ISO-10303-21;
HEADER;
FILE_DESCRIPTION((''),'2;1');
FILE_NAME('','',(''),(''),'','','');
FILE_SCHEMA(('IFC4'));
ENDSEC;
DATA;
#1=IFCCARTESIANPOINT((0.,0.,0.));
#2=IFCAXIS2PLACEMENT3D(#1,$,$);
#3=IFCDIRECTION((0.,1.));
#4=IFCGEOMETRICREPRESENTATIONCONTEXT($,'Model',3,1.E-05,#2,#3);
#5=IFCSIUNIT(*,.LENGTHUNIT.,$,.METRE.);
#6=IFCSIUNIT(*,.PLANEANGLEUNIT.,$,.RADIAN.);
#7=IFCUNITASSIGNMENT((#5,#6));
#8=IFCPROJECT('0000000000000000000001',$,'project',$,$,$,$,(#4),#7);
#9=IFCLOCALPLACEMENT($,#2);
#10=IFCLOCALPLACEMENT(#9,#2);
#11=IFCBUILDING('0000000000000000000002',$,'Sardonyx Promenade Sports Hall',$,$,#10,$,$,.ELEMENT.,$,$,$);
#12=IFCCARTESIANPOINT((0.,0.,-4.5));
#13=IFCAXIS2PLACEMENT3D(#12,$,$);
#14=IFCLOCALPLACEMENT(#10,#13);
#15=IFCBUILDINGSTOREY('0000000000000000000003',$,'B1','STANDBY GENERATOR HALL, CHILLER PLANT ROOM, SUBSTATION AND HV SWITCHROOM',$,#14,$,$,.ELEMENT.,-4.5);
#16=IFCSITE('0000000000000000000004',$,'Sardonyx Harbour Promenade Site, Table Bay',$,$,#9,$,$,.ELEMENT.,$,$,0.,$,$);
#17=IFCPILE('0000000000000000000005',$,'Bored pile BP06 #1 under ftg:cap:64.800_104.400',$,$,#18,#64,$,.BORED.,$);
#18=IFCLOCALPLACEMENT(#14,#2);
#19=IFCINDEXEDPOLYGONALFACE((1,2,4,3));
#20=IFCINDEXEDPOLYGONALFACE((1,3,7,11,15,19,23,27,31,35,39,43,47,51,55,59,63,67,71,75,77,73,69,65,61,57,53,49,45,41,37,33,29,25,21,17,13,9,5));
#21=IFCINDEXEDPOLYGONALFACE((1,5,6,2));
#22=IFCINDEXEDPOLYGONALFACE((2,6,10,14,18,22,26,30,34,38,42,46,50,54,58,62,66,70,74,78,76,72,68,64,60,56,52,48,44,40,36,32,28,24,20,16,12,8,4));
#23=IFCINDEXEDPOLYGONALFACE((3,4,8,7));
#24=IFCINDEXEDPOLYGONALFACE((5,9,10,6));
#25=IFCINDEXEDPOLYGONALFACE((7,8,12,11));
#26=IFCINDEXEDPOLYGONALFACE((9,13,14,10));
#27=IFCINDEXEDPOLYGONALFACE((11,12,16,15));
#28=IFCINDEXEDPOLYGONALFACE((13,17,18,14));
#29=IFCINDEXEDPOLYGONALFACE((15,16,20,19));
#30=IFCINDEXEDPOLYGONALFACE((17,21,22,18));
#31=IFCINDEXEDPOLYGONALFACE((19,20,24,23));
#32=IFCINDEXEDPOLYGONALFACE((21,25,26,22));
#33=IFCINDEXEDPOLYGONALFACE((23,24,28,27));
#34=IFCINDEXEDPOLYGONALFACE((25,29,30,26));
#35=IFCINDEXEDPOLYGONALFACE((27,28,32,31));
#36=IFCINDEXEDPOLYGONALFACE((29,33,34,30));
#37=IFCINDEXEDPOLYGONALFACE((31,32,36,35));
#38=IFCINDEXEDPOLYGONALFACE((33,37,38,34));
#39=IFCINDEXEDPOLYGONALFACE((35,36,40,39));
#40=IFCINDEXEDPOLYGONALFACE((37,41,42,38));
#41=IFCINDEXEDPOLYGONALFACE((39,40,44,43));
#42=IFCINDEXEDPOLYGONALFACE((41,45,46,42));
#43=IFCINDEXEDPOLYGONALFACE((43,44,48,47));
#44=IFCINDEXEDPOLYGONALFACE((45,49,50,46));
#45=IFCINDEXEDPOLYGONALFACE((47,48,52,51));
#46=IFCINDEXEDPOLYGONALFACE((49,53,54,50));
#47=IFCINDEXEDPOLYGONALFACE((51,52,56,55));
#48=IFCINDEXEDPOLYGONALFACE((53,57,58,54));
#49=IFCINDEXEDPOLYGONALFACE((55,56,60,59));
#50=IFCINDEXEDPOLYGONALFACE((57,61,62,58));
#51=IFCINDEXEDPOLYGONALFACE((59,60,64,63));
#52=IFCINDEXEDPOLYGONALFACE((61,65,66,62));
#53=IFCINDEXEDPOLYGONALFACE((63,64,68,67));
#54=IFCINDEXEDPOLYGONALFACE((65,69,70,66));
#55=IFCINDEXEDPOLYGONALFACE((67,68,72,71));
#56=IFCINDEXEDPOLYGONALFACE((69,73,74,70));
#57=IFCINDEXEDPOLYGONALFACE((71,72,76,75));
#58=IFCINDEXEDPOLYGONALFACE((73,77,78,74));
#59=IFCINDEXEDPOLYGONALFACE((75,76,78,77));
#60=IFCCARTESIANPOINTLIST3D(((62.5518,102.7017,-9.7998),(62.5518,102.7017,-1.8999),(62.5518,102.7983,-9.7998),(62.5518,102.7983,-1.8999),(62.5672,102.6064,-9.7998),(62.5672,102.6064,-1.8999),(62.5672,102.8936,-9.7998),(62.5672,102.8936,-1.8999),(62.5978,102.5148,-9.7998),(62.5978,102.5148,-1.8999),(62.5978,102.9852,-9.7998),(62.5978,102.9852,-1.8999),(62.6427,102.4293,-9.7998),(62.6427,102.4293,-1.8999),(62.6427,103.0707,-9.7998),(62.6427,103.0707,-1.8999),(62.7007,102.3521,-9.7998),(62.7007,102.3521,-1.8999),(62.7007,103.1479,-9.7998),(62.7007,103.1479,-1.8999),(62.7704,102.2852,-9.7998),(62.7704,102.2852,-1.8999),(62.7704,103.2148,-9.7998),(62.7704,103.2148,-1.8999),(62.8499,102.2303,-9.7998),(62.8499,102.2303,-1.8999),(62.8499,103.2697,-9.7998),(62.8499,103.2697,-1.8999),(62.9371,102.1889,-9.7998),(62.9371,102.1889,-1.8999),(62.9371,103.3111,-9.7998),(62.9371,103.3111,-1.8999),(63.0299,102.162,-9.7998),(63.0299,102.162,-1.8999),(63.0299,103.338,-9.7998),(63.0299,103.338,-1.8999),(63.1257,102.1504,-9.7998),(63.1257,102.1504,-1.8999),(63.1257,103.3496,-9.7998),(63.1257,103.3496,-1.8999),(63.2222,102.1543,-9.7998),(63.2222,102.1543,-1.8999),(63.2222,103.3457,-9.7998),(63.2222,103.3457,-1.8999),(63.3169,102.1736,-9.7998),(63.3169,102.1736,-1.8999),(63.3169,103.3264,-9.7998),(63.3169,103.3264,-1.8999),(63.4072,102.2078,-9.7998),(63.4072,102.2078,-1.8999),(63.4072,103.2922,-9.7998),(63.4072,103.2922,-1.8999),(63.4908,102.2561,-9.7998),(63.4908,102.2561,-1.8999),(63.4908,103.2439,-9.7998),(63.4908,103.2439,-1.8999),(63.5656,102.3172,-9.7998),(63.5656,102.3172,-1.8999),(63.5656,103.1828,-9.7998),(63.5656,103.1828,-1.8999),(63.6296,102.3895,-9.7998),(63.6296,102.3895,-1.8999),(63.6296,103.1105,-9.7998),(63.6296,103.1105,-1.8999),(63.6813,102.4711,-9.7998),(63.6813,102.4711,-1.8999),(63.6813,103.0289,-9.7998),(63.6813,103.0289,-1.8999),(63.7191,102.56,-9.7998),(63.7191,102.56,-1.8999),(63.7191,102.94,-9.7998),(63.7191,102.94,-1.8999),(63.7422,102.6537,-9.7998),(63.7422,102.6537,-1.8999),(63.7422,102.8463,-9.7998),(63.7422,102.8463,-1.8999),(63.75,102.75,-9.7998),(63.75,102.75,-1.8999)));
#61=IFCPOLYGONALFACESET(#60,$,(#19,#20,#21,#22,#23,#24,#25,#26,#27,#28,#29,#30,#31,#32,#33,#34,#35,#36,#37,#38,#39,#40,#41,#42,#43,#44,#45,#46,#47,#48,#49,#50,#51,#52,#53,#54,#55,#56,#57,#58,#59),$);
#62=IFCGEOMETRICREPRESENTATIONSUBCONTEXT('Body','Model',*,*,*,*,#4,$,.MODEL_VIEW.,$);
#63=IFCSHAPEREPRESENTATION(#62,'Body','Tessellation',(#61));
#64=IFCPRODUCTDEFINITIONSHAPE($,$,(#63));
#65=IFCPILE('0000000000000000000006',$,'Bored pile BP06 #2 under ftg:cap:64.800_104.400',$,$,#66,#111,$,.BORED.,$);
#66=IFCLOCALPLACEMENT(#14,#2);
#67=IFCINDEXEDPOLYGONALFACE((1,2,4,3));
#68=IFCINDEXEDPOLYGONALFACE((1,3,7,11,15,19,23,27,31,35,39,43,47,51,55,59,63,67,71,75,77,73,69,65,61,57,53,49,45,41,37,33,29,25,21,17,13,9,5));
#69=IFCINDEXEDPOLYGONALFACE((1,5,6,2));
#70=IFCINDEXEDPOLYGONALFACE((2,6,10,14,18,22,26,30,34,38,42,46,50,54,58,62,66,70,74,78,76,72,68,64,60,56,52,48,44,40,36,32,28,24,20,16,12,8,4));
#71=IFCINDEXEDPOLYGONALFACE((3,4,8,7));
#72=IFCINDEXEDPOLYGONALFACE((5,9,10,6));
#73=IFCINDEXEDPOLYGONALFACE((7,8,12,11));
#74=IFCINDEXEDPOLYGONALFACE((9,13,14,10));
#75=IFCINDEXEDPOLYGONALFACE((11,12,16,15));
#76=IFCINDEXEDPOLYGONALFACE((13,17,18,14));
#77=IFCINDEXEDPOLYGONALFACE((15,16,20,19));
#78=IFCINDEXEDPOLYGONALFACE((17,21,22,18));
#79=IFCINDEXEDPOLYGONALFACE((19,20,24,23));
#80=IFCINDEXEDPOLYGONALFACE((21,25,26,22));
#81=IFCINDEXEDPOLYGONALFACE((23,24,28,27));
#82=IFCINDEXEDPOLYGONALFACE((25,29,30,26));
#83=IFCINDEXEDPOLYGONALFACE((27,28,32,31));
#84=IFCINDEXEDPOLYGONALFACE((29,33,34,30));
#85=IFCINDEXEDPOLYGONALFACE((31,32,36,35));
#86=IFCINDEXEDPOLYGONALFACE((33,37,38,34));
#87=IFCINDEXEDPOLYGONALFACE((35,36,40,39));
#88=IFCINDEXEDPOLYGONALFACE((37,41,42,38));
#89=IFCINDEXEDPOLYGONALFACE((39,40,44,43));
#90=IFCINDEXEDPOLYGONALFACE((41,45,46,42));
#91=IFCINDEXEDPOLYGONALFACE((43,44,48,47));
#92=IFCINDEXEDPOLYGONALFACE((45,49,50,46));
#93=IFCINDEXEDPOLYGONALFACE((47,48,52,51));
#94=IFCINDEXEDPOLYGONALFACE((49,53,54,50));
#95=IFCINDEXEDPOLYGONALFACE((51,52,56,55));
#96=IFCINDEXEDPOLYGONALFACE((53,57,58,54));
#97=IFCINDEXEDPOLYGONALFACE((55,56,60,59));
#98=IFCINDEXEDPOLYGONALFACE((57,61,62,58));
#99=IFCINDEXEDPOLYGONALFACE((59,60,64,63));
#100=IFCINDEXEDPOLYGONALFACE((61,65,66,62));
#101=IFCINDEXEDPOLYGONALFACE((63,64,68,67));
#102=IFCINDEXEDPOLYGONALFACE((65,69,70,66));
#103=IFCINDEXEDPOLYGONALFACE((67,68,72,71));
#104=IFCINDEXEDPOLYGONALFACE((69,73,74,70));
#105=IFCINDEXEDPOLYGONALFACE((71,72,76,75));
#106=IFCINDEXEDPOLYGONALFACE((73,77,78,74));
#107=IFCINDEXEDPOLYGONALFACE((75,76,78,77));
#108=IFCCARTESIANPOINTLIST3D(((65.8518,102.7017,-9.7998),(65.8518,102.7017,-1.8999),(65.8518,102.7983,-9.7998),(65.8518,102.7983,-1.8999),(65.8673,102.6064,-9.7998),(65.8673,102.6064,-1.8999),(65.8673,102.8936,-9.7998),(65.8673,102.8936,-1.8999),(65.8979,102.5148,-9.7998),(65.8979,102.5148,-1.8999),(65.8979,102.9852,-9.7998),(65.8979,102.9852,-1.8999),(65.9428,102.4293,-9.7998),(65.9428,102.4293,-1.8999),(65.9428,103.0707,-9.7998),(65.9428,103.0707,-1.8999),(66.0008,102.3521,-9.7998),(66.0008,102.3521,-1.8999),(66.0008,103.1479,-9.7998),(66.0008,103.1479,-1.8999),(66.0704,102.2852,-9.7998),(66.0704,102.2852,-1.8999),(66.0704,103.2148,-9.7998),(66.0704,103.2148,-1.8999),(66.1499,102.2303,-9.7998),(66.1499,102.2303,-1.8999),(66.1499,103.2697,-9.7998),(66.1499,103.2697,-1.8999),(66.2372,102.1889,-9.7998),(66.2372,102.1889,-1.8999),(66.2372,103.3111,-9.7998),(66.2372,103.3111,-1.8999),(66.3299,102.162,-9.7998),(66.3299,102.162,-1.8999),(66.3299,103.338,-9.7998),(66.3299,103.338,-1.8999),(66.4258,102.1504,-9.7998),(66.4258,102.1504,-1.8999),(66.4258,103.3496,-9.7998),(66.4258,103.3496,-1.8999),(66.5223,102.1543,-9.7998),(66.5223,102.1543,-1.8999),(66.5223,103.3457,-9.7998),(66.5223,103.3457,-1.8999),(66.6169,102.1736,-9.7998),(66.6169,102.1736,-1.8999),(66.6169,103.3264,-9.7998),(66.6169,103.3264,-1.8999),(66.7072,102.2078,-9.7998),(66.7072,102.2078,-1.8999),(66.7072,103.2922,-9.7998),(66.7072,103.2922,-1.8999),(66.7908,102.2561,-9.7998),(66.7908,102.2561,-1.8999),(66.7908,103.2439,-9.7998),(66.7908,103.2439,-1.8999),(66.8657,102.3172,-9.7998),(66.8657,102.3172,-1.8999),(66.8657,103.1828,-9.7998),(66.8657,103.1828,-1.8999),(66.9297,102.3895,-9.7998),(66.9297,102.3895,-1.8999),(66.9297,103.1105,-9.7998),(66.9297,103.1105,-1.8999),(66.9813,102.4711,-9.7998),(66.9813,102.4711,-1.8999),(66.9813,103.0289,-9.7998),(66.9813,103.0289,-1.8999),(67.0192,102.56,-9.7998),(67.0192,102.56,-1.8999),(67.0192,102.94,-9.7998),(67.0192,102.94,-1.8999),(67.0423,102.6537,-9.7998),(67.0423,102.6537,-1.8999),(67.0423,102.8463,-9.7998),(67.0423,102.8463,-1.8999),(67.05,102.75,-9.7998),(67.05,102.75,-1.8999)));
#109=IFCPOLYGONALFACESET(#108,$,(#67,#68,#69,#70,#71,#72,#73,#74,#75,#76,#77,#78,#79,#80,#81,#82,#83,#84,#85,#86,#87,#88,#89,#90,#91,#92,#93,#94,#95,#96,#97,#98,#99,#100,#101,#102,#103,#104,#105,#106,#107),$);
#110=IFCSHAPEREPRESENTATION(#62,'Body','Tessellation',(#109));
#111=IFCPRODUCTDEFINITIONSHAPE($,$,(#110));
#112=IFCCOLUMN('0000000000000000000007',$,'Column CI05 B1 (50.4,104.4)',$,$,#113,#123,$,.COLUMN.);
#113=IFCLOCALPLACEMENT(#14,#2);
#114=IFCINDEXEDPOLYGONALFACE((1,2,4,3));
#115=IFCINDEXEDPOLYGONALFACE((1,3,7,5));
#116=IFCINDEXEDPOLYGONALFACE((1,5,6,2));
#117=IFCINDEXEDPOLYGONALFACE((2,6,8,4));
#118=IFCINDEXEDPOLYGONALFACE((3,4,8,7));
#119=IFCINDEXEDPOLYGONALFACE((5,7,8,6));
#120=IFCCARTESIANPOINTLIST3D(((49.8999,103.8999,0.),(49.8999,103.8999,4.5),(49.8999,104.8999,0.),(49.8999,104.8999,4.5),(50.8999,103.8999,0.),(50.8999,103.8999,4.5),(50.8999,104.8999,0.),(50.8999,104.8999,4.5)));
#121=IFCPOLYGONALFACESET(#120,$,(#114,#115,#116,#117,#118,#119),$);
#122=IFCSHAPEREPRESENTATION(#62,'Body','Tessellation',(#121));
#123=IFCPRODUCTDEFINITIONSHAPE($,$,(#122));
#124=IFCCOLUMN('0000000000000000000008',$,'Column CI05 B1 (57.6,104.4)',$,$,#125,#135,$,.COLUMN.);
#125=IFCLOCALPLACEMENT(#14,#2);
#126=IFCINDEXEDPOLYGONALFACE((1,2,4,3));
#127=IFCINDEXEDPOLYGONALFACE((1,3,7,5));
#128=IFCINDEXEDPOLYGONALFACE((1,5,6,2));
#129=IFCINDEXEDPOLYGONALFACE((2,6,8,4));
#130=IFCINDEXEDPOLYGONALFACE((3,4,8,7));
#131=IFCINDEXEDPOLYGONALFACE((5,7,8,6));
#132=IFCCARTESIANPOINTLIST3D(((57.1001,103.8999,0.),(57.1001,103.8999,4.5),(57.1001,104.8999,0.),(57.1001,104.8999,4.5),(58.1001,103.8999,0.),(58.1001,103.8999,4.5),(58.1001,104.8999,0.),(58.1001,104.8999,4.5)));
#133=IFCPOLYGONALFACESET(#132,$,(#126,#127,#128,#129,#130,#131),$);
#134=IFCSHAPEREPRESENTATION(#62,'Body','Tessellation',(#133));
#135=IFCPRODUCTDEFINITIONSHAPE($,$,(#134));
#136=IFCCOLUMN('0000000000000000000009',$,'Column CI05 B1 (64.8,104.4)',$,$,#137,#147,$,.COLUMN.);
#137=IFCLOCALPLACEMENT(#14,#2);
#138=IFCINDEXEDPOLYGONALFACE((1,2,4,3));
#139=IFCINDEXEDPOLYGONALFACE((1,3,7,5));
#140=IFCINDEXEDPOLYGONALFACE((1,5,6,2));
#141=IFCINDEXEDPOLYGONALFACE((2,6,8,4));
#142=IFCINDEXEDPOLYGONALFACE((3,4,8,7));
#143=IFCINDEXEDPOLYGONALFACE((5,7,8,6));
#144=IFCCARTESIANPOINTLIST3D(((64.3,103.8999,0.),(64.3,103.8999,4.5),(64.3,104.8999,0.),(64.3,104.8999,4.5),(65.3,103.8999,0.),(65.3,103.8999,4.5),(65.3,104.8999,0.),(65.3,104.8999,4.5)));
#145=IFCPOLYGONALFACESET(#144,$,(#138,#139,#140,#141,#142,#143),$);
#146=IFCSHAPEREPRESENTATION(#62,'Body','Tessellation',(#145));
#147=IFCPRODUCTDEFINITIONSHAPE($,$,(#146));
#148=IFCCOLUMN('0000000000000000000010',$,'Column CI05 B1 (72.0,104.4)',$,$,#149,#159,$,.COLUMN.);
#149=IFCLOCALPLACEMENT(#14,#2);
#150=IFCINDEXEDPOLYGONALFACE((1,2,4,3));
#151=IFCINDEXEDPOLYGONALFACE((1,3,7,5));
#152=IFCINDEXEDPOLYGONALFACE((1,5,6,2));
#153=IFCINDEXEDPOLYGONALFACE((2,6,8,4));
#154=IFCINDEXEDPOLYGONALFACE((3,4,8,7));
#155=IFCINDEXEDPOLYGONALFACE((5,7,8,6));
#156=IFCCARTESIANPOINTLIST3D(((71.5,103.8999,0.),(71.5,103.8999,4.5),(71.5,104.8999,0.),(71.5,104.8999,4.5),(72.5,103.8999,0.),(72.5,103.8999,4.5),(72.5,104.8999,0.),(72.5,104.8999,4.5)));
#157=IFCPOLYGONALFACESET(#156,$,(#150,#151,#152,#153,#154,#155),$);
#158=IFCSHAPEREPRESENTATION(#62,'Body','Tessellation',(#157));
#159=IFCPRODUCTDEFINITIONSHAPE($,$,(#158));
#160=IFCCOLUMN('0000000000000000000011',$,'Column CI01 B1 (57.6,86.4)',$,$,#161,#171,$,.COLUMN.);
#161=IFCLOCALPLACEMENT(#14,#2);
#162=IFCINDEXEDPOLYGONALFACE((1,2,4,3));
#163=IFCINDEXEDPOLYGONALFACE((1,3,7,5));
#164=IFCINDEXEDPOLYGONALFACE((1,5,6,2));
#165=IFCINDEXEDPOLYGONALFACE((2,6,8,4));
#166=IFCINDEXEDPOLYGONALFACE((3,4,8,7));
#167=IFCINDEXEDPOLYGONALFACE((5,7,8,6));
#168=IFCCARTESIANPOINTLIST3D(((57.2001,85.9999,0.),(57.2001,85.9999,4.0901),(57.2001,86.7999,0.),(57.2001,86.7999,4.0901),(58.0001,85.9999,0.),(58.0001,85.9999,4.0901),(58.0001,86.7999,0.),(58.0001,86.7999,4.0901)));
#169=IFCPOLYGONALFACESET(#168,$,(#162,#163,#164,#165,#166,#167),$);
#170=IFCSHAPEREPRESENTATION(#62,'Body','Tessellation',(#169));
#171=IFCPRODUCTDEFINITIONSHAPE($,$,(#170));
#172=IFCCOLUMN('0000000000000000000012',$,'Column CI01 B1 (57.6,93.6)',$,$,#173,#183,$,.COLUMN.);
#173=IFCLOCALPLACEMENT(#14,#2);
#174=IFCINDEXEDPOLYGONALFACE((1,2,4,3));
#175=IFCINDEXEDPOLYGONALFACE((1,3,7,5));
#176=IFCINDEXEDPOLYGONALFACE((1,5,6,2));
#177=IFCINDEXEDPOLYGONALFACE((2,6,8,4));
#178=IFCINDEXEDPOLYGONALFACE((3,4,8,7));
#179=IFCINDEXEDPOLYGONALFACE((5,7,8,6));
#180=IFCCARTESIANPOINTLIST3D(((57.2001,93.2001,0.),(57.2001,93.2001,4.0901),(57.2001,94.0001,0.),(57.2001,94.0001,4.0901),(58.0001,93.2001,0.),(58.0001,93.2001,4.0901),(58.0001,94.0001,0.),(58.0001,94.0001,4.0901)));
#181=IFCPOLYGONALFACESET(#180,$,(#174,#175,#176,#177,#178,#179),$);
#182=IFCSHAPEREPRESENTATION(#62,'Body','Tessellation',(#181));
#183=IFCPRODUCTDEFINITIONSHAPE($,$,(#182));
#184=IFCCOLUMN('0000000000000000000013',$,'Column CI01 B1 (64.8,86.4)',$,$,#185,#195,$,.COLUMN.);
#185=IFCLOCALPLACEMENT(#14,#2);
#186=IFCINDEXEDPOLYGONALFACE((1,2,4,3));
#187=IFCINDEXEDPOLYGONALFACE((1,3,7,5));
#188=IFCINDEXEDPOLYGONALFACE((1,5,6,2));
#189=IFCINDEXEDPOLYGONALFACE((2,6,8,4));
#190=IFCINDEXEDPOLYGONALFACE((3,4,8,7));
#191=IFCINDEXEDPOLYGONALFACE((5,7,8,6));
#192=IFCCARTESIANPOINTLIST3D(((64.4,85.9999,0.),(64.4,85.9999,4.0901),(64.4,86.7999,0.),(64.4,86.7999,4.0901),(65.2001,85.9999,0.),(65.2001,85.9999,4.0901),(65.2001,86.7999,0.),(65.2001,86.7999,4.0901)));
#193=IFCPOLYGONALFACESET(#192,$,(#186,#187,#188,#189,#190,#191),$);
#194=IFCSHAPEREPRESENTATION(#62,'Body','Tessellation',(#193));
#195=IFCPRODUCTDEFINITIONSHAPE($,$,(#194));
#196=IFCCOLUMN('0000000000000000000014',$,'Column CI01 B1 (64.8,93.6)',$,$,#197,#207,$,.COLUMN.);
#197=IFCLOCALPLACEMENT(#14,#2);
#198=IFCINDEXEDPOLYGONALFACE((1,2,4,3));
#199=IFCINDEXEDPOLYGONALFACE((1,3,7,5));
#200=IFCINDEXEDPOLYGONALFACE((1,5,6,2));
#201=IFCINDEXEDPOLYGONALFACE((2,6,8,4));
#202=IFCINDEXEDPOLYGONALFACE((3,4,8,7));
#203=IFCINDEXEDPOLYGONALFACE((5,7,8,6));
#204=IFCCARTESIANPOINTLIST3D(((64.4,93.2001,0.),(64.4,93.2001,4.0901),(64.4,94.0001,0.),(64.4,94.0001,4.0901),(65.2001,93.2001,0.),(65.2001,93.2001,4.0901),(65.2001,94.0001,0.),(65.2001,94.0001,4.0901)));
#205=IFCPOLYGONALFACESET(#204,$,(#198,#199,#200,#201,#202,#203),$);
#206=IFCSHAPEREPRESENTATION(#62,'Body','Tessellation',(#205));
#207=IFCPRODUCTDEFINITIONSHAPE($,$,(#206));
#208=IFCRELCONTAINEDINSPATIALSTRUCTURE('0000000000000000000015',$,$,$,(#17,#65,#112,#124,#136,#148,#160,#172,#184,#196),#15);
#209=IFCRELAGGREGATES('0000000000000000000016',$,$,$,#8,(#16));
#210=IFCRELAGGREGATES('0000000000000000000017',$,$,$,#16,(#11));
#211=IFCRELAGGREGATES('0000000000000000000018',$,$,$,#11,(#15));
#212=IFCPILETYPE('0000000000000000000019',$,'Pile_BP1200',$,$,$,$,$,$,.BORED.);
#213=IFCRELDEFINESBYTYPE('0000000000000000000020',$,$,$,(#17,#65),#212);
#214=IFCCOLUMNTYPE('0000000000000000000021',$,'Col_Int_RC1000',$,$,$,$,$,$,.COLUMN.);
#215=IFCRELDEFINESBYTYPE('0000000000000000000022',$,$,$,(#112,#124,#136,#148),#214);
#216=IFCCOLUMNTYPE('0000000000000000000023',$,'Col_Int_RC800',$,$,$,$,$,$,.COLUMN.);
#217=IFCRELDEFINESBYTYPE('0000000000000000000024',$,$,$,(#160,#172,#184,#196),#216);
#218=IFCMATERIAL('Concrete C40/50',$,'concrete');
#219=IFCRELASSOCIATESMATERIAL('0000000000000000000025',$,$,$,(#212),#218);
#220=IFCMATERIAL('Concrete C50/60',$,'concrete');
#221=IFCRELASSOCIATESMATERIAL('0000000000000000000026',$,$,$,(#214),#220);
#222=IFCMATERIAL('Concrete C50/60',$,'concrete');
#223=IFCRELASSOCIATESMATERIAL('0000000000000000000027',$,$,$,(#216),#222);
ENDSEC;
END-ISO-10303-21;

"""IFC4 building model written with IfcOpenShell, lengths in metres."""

from ifc_helpers import new_model, si_unit, direction, frame, origin, origin_2d, place, context, subcontext, project, spatial, rectangle, circle, extrude, material, material_profile, profile_set, type_object, element, save


model = new_model("IFC4")

# Units and contexts
model_context = context("Model", 3, precision=1e-05, world=origin(), true_north=direction((0.0, 1.0)))
body_context = subcontext(model_context, "Body", "Model", "MODEL_VIEW")
ifc_project = project(units=[si_unit("LENGTHUNIT", "METRE"), si_unit("PLANEANGLEUNIT", "RADIAN")], contexts=[model_context])

# Site, building, storey
site_placement = place(None, origin())
site = spatial("IfcSite", under=ifc_project, at=site_placement, Name="Sardonyx Harbour Promenade Site, Table Bay", CompositionType="ELEMENT", RefElevation=0.0)
building_placement = place(site_placement, origin())
building = spatial("IfcBuilding", under=site, at=building_placement, Name="Sardonyx Promenade Sports Hall", CompositionType="ELEMENT")
storey_placement = place(building_placement, frame((0.0, 0.0, -4.5)))
storey = spatial("IfcBuildingStorey", under=building, at=storey_placement, Name="B1", Description="STANDBY GENERATOR HALL, CHILLER PLANT ROOM, SUBSTATION AND HV SWITCHROOM", CompositionType="ELEMENT", Elevation=-4.5)

# Piles
ifc_material_1 = material(Name="Concrete C40/50", Category="concrete")
ifc_material_profile_1 = material_profile(ifc_material_1, circle(Radius=0.6001, at=origin_2d()))
ifc_profile_set_1 = profile_set([ifc_material_profile_1], Name="Concrete C40/50")
pile_type_1 = type_object("IfcPileType", Name="Pile_BP1200", PredefinedType="BORED", material=ifc_profile_set_1)
for number, where, z_axis, x_axis, name in (
    (1, (63.1499, 102.75, -1.8999), (0.0, 0.0, -1.0), (1.0, 0.0, 0.0), "Bored pile BP06 #1 under ftg:cap:64.800_104.400"),
    (2, (66.45, 102.75, -1.8999), (0.0, 0.0, -1.0), (1.0, 0.0, 0.0), "Bored pile BP06 #2 under ftg:cap:64.800_104.400"),
):
    element("IfcPile", number, at=place(storey_placement, frame(where, z_axis=z_axis, x_axis=x_axis)), inside=storey, type_object=pile_type_1, Name=name, PredefinedType="BORED", context=body_context, shape_type="SweptSolid", body=[
        extrude(circle(Radius=0.6001, at=origin_2d()), origin(), (0.0, 0.0, 1.0), 7.8999),
    ])

# Columns
ifc_material_2 = material(Name="Concrete C50/60", Category="concrete")
ifc_material_profile_2 = material_profile(ifc_material_2, rectangle(XDim=1.0, YDim=1.0, at=origin_2d()))
ifc_profile_set_2 = profile_set([ifc_material_profile_2], Name="Concrete C50/60")
column_type_1 = type_object("IfcColumnType", Name="Col_Int_RC1000", PredefinedType="COLUMN", material=ifc_profile_set_2)
for number, where, z_axis, x_axis, name in (
    (3, (50.3999, 104.3999, 0.0), (0.0, 0.0, 1.0), (1.0, 0.0, 0.0), "Column CI05 B1 (50.4,104.4)"),
    (4, (57.6001, 104.3999, 0.0), (0.0, 0.0, 1.0), (1.0, 0.0, 0.0), "Column CI05 B1 (57.6,104.4)"),
    (5, (64.8, 104.3999, 0.0), (0.0, 0.0, 1.0), (1.0, 0.0, 0.0), "Column CI05 B1 (64.8,104.4)"),
    (6, (72.0, 104.3999, 0.0), (0.0, 0.0, 1.0), (1.0, 0.0, 0.0), "Column CI05 B1 (72.0,104.4)"),
):
    element("IfcColumn", number, at=place(storey_placement, frame(where, z_axis=z_axis, x_axis=x_axis)), inside=storey, type_object=column_type_1, Name=name, PredefinedType="COLUMN", context=body_context, shape_type="SweptSolid", body=[
        extrude(rectangle(XDim=1.0, YDim=1.0, at=origin_2d()), origin(), (0.0, 0.0, 1.0), 4.5),
    ])
ifc_material_3 = material(Name="Concrete C50/60", Category="concrete")
ifc_material_profile_3 = material_profile(ifc_material_3, rectangle(XDim=0.8, YDim=0.8, at=origin_2d()))
ifc_profile_set_3 = profile_set([ifc_material_profile_3], Name="Concrete C50/60")
column_type_2 = type_object("IfcColumnType", Name="Col_Int_RC800", PredefinedType="COLUMN", material=ifc_profile_set_3)
for number, where, z_axis, x_axis, name in (
    (7, (57.6001, 86.3999, 0.0), (0.0, 0.0, 1.0), (1.0, 0.0, 0.0), "Column CI01 B1 (57.6,86.4)"),
    (8, (57.6001, 93.6001, 0.0), (0.0, 0.0, 1.0), (1.0, 0.0, 0.0), "Column CI01 B1 (57.6,93.6)"),
    (9, (64.8, 86.3999, 0.0), (0.0, 0.0, 1.0), (1.0, 0.0, 0.0), "Column CI01 B1 (64.8,86.4)"),
    (10, (64.8, 93.6001, 0.0), (0.0, 0.0, 1.0), (1.0, 0.0, 0.0), "Column CI01 B1 (64.8,93.6)"),
):
    element("IfcColumn", number, at=place(storey_placement, frame(where, z_axis=z_axis, x_axis=x_axis)), inside=storey, type_object=column_type_2, Name=name, PredefinedType="COLUMN", context=body_context, shape_type="SweptSolid", body=[
        extrude(rectangle(XDim=0.8, YDim=0.8, at=origin_2d()), origin(), (0.0, 0.0, 1.0), 4.0901),
    ])

save(model, "model.ifc")
